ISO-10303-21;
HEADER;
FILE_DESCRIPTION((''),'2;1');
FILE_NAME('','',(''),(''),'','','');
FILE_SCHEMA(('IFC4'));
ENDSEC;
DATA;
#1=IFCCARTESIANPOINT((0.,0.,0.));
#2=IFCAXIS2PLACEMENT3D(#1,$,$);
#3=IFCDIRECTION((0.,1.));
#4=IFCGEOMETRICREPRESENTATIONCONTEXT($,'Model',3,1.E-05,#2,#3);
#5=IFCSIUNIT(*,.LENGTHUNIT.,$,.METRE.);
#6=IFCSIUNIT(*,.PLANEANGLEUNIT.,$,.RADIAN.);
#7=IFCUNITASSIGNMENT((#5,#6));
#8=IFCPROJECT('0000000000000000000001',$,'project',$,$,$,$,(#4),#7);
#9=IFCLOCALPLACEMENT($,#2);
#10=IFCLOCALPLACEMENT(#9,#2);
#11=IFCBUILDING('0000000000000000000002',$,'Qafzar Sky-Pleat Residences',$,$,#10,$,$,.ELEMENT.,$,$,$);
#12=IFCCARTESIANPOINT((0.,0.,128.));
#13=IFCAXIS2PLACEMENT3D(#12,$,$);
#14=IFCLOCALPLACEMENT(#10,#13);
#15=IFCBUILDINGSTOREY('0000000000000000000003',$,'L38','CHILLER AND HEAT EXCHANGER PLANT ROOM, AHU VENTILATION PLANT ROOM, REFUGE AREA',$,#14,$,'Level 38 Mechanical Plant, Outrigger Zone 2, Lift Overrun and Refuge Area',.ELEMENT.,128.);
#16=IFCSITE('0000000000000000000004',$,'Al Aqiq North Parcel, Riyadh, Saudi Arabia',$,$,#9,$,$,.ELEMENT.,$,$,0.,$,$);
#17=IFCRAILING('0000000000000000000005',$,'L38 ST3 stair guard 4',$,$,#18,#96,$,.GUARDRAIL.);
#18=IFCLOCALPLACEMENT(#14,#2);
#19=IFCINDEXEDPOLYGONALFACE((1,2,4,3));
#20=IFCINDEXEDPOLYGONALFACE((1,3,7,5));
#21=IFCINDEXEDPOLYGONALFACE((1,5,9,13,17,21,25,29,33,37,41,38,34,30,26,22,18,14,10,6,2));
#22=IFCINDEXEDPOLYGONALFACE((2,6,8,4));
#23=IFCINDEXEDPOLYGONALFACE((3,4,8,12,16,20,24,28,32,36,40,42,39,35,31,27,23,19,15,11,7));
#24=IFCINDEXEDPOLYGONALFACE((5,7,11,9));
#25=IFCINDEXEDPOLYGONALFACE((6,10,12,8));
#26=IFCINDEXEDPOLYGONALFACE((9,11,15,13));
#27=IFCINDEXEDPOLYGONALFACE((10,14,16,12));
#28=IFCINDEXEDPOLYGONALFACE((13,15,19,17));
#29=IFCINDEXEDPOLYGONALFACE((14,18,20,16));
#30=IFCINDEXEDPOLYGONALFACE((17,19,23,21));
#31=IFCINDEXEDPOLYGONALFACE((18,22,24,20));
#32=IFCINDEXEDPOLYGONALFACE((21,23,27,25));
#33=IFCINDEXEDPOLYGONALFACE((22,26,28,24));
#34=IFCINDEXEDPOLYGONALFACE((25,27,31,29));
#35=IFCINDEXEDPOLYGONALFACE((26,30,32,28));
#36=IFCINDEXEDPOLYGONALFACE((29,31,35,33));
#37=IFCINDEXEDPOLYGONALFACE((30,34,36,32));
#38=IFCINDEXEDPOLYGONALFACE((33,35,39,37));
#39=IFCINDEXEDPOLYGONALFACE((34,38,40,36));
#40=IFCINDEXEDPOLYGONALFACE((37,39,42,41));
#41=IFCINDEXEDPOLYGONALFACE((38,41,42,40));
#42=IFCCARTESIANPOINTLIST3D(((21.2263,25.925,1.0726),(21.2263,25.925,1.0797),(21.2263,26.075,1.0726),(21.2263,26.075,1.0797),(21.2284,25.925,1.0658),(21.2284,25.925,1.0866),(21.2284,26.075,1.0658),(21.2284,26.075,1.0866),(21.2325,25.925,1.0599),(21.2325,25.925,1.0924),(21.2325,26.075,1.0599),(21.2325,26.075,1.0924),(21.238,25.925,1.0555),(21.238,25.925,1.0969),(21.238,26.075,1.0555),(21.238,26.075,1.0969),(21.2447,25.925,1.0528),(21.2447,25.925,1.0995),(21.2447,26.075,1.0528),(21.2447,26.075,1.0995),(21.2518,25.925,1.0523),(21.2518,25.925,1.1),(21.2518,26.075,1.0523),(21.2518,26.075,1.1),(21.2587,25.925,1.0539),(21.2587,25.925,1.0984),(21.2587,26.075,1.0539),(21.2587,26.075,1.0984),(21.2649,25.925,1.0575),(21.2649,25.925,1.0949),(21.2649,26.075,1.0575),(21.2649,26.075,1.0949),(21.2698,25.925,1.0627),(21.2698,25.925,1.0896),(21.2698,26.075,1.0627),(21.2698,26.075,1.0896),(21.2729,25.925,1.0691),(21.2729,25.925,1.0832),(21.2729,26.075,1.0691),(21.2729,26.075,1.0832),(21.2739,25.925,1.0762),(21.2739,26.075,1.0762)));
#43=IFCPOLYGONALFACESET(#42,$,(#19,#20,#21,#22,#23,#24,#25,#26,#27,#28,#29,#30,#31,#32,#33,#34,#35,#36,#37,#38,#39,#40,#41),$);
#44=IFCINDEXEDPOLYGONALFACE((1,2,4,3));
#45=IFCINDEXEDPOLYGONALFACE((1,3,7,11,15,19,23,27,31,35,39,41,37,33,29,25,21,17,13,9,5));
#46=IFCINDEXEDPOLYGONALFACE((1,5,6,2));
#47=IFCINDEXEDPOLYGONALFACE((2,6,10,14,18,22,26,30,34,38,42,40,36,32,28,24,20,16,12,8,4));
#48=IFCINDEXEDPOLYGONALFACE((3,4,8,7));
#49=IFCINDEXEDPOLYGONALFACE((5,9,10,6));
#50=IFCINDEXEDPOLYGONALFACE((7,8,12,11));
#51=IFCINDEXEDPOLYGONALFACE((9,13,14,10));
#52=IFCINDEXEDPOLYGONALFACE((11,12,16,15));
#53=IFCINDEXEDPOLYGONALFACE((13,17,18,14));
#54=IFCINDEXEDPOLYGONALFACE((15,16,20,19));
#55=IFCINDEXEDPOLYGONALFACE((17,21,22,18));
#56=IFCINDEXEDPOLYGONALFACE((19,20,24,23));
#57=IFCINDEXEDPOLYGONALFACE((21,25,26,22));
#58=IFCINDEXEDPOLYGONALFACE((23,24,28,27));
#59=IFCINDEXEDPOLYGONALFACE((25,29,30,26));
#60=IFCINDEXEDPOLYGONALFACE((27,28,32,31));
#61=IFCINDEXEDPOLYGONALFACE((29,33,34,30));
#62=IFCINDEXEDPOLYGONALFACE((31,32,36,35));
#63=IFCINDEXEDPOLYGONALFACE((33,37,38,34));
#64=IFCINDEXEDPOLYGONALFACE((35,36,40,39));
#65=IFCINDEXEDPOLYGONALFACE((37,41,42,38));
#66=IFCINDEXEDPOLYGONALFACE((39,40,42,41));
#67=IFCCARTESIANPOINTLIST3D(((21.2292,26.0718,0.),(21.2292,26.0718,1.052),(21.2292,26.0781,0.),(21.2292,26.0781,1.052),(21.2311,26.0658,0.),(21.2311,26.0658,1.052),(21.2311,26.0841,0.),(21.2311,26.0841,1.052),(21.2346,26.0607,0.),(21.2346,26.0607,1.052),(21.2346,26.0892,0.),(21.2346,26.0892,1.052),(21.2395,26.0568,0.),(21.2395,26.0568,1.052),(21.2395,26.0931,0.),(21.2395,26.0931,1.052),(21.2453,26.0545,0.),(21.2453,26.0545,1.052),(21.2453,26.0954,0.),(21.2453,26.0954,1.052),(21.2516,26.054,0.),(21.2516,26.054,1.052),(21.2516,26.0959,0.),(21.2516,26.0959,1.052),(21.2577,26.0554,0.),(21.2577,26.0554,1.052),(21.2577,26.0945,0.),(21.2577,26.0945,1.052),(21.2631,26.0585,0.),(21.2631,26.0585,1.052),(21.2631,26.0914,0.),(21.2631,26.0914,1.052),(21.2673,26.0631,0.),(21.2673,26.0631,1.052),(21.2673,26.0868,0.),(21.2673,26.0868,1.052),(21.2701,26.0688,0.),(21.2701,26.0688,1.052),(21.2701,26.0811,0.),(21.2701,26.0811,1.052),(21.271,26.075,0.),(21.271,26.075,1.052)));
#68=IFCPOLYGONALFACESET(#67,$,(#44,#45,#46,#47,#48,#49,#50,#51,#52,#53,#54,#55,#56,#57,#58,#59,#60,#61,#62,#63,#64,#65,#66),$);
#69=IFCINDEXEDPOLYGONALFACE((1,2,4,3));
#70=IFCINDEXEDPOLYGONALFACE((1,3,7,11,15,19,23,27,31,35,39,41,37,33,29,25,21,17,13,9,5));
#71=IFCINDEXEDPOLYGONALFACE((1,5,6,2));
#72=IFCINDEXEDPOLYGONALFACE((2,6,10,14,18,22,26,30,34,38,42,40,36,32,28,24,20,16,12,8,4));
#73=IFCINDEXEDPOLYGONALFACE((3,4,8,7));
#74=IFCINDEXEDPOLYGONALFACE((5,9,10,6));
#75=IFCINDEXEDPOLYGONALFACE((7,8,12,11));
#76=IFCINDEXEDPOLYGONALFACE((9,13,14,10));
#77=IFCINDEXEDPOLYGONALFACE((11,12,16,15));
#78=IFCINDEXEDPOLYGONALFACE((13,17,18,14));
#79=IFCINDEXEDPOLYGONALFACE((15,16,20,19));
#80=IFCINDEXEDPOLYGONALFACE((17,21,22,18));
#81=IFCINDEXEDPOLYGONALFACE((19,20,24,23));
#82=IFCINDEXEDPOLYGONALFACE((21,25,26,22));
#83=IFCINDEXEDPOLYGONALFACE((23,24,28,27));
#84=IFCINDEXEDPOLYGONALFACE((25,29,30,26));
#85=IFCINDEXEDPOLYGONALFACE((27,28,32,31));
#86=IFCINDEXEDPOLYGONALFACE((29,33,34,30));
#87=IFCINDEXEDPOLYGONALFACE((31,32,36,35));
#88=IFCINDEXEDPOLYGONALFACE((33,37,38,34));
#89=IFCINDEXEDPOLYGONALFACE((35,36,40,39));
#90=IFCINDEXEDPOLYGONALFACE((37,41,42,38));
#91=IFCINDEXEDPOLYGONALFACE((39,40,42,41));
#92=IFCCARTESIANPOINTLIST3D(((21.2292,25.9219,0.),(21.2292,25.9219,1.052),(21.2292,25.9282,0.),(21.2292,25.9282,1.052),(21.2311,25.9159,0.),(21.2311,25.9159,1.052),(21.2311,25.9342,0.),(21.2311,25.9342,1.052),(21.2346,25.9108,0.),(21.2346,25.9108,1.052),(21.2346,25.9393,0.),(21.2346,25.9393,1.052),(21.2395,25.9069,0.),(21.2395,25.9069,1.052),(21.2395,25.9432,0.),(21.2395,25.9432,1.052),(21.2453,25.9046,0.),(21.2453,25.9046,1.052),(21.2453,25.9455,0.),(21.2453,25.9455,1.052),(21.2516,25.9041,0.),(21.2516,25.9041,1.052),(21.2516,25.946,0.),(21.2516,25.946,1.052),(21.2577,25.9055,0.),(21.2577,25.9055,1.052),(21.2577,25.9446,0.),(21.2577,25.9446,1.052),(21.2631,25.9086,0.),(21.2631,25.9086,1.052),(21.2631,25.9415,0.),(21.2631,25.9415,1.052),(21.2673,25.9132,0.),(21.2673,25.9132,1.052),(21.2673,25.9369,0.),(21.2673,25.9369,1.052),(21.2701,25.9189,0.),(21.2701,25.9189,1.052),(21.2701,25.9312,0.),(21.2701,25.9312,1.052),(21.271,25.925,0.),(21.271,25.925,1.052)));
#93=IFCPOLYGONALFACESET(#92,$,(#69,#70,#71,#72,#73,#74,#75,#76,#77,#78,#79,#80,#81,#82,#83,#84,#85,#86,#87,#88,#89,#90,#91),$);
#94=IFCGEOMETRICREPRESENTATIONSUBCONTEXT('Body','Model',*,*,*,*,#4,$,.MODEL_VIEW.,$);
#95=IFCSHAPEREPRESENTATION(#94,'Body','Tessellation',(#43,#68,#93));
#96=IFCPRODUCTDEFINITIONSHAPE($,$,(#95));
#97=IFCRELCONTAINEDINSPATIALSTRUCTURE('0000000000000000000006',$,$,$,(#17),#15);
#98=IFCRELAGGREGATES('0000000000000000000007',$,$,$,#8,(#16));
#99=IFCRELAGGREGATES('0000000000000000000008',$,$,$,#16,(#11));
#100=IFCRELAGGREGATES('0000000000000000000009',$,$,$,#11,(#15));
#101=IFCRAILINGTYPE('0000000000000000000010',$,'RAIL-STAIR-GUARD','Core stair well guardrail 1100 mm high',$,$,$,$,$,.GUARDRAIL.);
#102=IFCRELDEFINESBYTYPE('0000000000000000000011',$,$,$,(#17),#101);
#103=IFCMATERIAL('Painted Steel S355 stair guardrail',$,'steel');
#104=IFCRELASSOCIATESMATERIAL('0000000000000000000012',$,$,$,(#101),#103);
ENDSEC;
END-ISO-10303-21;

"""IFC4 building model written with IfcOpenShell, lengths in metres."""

from ifc_helpers import new_model, si_unit, direction, frame, origin, origin_2d, place, context, subcontext, project, spatial, circle, extrude, source, transform, mapped, material, type_object, element, save


model = new_model("IFC4")

# Units and contexts
model_context = context("Model", 3, precision=1e-05, world=origin(), true_north=direction((0.0, 1.0)))
body_context = subcontext(model_context, "Body", "Model", "MODEL_VIEW")
ifc_project = project(units=[si_unit("LENGTHUNIT", "METRE"), si_unit("PLANEANGLEUNIT", "RADIAN")], contexts=[model_context])

# Site, building, storey
site_placement = place(None, origin())
site = spatial("IfcSite", under=ifc_project, at=site_placement, Name="Al Aqiq North Parcel, Riyadh, Saudi Arabia", CompositionType="ELEMENT", RefElevation=0.0)
building_placement = place(site_placement, origin())
building = spatial("IfcBuilding", under=site, at=building_placement, Name="Qafzar Sky-Pleat Residences", CompositionType="ELEMENT")
storey_placement = place(building_placement, frame((0.0, 0.0, 128.0)))
storey = spatial("IfcBuildingStorey", under=building, at=storey_placement, Name="L38", Description="CHILLER AND HEAT EXCHANGER PLANT ROOM, AHU VENTILATION PLANT ROOM, REFUGE AREA", LongName="Level 38 Mechanical Plant, Outrigger Zone 2, Lift Overrun and Refuge Area", CompositionType="ELEMENT", Elevation=128.0)

# Railing
ifc_material_1 = material(Name="Painted Steel S355 stair guardrail", Category="steel")
railing_type_1 = type_object("IfcRailingType", Name="RAIL-STAIR-GUARD", Description="Core stair well guardrail 1100 mm high", PredefinedType="GUARDRAIL", material=ifc_material_1)
shared_shape_1 = source(origin(), body_context, "Body", "SweptSolid", [
    extrude(circle(Radius=0.0239, at=origin_2d()), frame((0.0, 0.0, 1.0762), z_axis=(0.0, -1.0, 0.0), x_axis=(1.0, 0.0, 0.0)), (0.0, 0.0, 1.0), 0.1499),
    extrude(circle(Radius=0.021, at=origin_2d()), origin(), (0.0, 0.0, 1.0), 1.052),
    extrude(circle(Radius=0.021, at=origin_2d()), frame((0.0, -0.1499, 0.0)), (0.0, 0.0, 1.0), 1.052),
])
for number, where, name in (
    (1, (21.25, 26.075, 0.0), "L38 ST3 stair guard 4"),
):
    element("IfcRailing", number, at=place(storey_placement, frame(where)), inside=storey, type_object=railing_type_1, Name=name, PredefinedType="GUARDRAIL", context=body_context, shape_type="MappedRepresentation", body=[
        mapped(shared_shape_1, transform((0.0, 0.0, 0.0), x_axis=(1.0, 0.0, 0.0), y_axis=(0.0, 1.0, 0.0), z_axis=(0.0, 0.0, 1.0), scale=1.0)),
    ])

save(model, "model.ifc")
